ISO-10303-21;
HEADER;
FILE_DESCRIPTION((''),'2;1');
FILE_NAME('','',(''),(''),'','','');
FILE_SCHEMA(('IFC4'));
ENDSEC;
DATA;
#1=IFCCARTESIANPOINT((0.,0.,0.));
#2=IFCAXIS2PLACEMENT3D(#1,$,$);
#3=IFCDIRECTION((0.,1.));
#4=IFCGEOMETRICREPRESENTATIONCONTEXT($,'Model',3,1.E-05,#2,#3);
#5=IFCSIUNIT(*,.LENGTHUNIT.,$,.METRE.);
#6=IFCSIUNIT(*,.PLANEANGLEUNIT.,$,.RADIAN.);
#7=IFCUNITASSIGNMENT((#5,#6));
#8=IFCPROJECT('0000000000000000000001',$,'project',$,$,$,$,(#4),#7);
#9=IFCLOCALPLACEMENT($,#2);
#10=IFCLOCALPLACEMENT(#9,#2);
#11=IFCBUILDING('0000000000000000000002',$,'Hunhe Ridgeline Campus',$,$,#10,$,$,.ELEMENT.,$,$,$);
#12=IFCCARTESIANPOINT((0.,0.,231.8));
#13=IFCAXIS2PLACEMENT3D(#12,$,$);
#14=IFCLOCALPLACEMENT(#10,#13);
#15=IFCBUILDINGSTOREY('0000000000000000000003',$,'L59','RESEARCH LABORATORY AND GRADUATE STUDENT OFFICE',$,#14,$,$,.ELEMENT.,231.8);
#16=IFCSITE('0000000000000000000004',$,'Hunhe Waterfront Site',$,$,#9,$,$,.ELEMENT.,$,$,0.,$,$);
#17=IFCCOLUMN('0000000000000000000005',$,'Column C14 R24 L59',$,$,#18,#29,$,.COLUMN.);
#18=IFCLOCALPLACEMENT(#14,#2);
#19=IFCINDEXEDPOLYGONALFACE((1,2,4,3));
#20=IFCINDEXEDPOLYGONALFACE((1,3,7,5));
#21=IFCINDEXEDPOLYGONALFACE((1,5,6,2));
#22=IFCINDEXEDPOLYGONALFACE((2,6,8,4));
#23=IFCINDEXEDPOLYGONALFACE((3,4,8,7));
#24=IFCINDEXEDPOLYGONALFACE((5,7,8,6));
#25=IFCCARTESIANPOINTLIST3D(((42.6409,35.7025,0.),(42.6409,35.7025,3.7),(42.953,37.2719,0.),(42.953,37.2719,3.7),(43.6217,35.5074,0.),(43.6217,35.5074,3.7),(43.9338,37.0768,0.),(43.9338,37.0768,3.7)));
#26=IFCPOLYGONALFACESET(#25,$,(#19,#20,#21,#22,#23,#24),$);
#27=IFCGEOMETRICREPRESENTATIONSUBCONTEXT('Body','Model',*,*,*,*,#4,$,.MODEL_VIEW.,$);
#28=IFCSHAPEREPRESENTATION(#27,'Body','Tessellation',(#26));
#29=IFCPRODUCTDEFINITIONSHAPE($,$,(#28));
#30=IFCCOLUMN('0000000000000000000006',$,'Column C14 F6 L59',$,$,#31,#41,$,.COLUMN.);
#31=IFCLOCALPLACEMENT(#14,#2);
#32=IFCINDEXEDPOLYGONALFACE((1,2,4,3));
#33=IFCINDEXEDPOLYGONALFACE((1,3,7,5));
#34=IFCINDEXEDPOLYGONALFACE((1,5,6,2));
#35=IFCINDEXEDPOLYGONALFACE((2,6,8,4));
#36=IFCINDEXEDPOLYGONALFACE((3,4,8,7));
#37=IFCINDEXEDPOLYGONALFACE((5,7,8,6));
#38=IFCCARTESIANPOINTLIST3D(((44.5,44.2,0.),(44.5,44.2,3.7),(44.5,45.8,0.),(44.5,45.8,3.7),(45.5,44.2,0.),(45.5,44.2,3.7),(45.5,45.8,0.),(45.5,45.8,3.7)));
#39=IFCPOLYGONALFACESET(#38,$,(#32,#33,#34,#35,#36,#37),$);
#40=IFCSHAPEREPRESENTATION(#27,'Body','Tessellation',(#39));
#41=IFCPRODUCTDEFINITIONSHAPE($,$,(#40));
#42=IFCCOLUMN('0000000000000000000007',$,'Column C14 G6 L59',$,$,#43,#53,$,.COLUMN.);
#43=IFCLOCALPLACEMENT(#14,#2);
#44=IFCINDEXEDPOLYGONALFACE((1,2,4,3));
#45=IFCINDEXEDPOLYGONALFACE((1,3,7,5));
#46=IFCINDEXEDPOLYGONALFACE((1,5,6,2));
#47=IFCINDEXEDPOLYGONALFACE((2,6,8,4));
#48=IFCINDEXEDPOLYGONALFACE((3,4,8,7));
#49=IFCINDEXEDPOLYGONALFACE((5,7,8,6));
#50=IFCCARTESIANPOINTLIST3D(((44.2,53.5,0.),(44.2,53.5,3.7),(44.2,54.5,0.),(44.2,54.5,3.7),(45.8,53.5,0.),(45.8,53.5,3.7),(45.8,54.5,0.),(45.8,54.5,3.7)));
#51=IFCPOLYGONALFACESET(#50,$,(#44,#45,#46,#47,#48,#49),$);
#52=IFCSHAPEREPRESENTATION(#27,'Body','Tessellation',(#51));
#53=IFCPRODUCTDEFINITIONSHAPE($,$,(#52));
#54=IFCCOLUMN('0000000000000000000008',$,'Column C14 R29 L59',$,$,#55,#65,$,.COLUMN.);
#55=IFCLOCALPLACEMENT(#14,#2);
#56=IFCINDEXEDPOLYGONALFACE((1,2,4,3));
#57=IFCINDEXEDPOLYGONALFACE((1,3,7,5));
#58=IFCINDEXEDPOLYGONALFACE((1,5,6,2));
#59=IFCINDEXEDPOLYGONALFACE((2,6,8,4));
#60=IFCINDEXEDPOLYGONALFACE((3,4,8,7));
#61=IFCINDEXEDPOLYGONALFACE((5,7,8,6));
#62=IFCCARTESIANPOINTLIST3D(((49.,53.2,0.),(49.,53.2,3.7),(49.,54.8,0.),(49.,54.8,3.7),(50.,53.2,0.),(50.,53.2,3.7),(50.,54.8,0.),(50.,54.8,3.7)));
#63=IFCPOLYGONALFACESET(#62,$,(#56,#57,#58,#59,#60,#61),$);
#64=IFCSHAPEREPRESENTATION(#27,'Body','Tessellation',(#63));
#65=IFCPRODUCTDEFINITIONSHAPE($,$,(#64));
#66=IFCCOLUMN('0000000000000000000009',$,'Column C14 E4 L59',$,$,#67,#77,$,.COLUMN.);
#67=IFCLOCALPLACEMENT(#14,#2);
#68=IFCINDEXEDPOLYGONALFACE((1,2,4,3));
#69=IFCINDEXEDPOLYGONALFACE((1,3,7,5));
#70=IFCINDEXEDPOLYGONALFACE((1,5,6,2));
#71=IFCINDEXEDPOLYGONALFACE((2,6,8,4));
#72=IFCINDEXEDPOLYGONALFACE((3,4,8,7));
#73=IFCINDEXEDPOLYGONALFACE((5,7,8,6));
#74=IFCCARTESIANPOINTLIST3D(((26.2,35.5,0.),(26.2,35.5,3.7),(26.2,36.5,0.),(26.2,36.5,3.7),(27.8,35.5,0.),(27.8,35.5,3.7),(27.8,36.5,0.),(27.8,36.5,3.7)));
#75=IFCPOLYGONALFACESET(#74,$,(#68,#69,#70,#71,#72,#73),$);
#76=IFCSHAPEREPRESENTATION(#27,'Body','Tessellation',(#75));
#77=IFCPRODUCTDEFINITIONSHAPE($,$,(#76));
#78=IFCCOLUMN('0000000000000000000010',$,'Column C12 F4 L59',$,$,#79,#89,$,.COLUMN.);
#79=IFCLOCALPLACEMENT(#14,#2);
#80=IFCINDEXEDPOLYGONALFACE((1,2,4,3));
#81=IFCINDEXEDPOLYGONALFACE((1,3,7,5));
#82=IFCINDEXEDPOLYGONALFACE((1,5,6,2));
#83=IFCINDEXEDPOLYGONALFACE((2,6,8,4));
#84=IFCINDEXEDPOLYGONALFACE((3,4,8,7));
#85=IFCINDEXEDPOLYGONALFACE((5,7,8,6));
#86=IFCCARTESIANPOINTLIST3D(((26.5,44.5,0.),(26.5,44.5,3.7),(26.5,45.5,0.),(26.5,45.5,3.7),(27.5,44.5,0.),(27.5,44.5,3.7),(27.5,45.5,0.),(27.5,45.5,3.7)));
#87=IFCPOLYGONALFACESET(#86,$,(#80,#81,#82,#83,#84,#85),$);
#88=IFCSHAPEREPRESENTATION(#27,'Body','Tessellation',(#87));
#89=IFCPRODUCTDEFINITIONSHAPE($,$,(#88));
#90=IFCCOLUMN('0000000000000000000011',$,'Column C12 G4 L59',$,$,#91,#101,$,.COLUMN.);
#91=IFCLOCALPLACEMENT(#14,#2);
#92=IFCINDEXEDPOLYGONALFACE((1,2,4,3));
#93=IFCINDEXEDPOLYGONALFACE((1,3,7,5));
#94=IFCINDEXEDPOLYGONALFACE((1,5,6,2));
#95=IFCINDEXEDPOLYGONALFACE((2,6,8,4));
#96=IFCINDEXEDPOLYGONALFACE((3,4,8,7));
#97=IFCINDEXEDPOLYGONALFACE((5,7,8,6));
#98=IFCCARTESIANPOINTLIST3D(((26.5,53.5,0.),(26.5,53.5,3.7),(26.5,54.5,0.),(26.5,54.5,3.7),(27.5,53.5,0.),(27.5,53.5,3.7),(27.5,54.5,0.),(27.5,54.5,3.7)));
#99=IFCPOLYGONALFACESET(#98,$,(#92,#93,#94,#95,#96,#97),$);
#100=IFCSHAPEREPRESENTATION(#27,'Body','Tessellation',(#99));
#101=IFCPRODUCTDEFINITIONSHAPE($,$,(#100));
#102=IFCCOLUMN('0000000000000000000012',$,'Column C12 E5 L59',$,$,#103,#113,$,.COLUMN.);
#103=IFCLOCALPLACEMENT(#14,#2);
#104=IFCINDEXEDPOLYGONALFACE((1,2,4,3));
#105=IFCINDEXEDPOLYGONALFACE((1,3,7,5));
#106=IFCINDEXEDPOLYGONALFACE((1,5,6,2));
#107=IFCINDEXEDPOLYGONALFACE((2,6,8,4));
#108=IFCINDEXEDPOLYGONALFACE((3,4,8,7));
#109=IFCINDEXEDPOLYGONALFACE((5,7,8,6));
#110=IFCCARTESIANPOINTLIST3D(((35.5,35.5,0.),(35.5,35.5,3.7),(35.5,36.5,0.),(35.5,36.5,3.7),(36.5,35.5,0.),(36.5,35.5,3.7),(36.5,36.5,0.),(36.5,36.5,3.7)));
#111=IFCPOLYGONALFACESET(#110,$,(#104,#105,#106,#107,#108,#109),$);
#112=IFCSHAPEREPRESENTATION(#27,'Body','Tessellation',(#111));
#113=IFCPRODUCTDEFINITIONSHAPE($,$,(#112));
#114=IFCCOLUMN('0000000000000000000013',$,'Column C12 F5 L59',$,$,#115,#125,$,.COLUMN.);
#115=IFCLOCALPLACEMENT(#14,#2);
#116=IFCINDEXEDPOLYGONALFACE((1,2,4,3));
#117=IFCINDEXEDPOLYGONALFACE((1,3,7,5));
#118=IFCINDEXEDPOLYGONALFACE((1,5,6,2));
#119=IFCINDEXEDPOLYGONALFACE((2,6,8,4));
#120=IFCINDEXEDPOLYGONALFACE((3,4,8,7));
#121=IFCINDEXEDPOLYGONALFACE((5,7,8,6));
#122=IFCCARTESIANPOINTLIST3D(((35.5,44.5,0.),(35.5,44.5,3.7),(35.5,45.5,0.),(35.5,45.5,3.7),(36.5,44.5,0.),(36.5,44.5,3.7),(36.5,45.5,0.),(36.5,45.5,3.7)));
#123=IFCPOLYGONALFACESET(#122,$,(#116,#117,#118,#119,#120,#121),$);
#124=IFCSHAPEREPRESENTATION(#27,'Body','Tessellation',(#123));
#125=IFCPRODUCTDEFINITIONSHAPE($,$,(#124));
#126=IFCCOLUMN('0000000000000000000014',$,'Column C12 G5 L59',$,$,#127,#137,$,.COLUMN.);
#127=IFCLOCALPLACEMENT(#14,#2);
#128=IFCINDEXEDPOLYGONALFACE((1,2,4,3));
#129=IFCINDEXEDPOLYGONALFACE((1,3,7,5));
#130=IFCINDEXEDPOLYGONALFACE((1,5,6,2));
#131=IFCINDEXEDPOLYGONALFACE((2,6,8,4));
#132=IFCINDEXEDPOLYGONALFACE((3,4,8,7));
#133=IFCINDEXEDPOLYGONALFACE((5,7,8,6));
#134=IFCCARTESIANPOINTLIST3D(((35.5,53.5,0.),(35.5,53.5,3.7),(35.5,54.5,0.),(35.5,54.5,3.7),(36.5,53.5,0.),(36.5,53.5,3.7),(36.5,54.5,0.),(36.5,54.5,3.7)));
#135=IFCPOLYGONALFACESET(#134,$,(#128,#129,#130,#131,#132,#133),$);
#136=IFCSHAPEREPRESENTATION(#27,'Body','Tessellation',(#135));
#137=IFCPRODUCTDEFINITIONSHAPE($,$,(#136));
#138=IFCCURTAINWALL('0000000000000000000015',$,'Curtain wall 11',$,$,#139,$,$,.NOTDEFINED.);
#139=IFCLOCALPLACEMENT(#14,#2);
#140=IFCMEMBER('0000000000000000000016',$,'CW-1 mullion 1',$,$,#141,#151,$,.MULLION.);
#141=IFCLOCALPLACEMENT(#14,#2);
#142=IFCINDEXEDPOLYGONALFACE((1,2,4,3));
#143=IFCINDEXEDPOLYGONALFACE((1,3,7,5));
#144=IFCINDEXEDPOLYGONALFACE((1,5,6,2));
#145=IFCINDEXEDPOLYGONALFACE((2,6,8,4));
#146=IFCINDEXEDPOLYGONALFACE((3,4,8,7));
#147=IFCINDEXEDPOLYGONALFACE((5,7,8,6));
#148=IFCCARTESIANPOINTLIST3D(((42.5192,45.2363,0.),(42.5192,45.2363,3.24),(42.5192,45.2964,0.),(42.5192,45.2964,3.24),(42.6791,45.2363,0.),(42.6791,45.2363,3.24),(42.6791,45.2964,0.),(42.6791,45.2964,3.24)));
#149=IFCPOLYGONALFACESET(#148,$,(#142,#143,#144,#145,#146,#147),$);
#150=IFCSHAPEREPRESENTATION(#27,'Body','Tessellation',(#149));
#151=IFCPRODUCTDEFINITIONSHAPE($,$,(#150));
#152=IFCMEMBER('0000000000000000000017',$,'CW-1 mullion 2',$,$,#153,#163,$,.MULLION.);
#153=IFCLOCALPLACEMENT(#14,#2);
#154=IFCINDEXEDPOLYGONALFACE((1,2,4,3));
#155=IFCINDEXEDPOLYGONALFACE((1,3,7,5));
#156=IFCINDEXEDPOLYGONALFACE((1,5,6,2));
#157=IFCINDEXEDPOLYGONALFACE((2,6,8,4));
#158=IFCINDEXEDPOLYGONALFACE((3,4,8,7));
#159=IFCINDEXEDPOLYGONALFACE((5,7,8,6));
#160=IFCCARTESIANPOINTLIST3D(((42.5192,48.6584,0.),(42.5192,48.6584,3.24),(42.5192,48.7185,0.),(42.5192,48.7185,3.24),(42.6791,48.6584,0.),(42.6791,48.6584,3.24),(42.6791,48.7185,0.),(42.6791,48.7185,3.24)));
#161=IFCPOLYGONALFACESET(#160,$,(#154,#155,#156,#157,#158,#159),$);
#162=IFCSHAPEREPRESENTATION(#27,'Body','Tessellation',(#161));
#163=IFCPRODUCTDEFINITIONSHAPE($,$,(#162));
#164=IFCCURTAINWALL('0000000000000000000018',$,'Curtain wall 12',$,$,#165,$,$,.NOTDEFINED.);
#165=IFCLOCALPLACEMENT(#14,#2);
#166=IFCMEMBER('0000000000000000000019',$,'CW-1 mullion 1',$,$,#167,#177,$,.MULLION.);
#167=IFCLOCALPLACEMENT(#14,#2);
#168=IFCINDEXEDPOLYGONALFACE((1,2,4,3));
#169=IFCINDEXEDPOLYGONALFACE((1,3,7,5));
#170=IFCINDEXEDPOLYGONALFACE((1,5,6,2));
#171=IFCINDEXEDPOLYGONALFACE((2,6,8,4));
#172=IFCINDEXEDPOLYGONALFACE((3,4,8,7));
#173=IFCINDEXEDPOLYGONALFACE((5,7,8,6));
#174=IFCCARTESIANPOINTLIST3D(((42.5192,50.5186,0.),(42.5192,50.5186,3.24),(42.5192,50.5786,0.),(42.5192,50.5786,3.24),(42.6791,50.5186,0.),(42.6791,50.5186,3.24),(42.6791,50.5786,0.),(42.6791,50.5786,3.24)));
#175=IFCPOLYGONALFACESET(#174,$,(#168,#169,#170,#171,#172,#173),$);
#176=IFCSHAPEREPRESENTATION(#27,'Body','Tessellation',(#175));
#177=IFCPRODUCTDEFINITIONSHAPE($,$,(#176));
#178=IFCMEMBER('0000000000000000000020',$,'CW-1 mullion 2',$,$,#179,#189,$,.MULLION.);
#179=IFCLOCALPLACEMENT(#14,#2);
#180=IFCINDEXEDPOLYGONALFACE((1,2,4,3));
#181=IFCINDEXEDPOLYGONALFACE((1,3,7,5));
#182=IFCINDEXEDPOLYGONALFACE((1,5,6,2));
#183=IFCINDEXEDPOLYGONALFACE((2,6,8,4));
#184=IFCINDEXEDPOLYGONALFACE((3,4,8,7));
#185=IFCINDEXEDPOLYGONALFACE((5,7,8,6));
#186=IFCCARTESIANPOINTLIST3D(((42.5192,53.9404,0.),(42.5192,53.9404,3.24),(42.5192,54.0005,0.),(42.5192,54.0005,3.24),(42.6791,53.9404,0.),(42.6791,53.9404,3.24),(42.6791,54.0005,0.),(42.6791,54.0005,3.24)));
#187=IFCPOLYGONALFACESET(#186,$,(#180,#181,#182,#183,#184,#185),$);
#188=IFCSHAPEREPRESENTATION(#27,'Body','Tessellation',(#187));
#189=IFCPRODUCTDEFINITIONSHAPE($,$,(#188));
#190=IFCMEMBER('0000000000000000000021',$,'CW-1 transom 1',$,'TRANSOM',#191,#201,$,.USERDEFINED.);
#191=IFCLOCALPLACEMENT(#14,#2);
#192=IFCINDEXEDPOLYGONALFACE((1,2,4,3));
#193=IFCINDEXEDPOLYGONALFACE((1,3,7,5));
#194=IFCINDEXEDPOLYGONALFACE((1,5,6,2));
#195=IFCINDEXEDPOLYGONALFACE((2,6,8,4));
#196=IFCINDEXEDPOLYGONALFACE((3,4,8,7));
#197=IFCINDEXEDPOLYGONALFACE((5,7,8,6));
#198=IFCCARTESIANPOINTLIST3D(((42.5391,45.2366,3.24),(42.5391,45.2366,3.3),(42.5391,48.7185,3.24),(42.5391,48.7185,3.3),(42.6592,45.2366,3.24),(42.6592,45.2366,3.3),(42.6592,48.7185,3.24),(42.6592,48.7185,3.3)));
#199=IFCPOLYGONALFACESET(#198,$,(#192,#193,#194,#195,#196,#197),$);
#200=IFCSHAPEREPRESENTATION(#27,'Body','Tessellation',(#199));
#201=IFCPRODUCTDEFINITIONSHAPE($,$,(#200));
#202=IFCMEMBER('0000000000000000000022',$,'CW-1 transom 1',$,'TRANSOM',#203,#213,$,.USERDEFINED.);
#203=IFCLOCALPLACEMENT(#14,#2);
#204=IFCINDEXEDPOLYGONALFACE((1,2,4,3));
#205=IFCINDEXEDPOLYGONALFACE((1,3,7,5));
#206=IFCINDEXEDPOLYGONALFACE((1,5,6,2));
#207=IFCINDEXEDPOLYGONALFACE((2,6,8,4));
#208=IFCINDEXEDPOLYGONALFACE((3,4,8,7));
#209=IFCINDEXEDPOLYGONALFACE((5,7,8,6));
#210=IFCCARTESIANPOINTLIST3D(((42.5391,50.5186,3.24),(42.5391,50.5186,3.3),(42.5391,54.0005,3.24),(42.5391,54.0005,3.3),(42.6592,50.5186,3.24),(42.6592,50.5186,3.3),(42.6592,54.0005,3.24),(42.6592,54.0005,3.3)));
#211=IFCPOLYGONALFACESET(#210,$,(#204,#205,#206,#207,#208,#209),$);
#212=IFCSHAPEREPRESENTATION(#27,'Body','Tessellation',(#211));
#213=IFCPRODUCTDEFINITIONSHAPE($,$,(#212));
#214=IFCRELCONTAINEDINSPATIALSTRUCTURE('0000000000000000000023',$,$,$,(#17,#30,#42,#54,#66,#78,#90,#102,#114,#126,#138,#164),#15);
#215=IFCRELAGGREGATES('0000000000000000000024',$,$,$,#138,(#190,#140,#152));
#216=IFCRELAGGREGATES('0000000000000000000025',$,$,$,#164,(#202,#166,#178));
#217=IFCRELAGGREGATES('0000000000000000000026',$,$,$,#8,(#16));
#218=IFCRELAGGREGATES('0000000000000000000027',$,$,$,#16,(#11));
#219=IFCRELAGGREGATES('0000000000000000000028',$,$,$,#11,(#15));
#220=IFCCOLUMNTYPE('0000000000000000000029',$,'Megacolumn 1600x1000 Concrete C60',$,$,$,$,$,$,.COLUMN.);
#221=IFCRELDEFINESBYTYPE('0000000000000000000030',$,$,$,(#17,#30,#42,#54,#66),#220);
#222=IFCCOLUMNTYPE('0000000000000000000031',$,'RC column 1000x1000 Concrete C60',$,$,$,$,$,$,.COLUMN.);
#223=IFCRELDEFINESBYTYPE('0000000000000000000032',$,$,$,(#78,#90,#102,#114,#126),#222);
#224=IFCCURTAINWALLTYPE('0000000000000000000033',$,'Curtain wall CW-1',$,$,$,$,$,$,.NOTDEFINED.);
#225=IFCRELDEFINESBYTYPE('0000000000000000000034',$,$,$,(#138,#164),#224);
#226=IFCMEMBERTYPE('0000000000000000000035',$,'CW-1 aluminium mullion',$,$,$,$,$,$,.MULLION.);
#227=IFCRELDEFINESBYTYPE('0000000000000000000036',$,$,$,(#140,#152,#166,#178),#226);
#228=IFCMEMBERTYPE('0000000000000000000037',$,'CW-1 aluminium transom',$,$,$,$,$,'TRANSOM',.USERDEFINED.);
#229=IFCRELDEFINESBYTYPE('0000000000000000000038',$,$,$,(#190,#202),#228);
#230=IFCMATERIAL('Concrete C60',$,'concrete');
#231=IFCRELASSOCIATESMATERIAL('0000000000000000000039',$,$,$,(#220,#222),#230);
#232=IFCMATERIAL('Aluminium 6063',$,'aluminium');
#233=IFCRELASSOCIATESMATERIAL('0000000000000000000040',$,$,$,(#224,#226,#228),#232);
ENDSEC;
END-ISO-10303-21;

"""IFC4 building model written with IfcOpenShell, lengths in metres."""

from ifc_helpers import new_model, si_unit, direction, frame, origin, origin_2d, place, context, subcontext, project, spatial, rectangle, extrude, material, material_profile, profile_set, type_object, element, aggregate, save


model = new_model("IFC4")

# Units and contexts
model_context = context("Model", 3, precision=1e-05, world=origin(), true_north=direction((0.0, 1.0)))
body_context = subcontext(model_context, "Body", "Model", "MODEL_VIEW")
ifc_project = project(units=[si_unit("LENGTHUNIT", "METRE"), si_unit("PLANEANGLEUNIT", "RADIAN")], contexts=[model_context])

# Site, building, storey
site_placement = place(None, origin())
site = spatial("IfcSite", under=ifc_project, at=site_placement, Name="Hunhe Waterfront Site", CompositionType="ELEMENT", RefElevation=0.0)
building_placement = place(site_placement, origin())
building = spatial("IfcBuilding", under=site, at=building_placement, Name="Hunhe Ridgeline Campus", CompositionType="ELEMENT")
storey_placement = place(building_placement, frame((0.0, 0.0, 231.8)))
storey = spatial("IfcBuildingStorey", under=building, at=storey_placement, Name="L59", Description="RESEARCH LABORATORY AND GRADUATE STUDENT OFFICE", CompositionType="ELEMENT", Elevation=231.8)

# Columns
ifc_material_1 = material(Name="Concrete C60", Category="concrete")
ifc_material_profile_1 = material_profile(ifc_material_1, rectangle(XDim=1.6001, YDim=1.0, at=origin_2d()))
ifc_profile_set_1 = profile_set([ifc_material_profile_1], Name="Concrete C60")
column_type_1 = type_object("IfcColumnType", Name="Megacolumn 1600x1000 Concrete C60", PredefinedType="COLUMN", material=ifc_profile_set_1)
for number, where, z_axis, x_axis, name in (
    (1, (43.2874, 36.3896, 0.0), (0.0, 0.0, 1.0), (0.19509, 0.980785, 0.0), "Column C14 R24 L59"),
    (2, (45.0, 45.0, 0.0), (0.0, 0.0, 1.0), (0.0, 1.0, 0.0), "Column C14 F6 L59"),
    (3, (45.0, 54.0, 0.0), (0.0, 0.0, 1.0), (1.0, 0.0, 0.0), "Column C14 G6 L59"),
    (4, (49.5, 54.0, 0.0), (0.0, 0.0, 1.0), (0.0, 1.0, 0.0), "Column C14 R29 L59"),
    (5, (27.0, 36.0, 0.0), (0.0, 0.0, 1.0), (1.0, 0.0, 0.0), "Column C14 E4 L59"),
):
    element("IfcColumn", number, at=place(storey_placement, frame(where, z_axis=z_axis, x_axis=x_axis)), inside=storey, type_object=column_type_1, Name=name, PredefinedType="COLUMN", context=body_context, shape_type="SweptSolid", body=[
        extrude(rectangle(XDim=1.6001, YDim=1.0, at=origin_2d()), origin(), (0.0, 0.0, 1.0), 3.7),
    ])
ifc_material_profile_2 = material_profile(ifc_material_1, rectangle(XDim=1.0, YDim=1.0, at=origin_2d()))
ifc_profile_set_2 = profile_set([ifc_material_profile_2], Name="Concrete C60")
column_type_2 = type_object("IfcColumnType", Name="RC column 1000x1000 Concrete C60", PredefinedType="COLUMN", material=ifc_profile_set_2)
for number, where, z_axis, x_axis, name in (
    (6, (27.0, 45.0, 0.0), (0.0, 0.0, 1.0), (1.0, 0.0, 0.0), "Column C12 F4 L59"),
    (7, (27.0, 54.0, 0.0), (0.0, 0.0, 1.0), (1.0, 0.0, 0.0), "Column C12 G4 L59"),
    (8, (36.0, 36.0, 0.0), (0.0, 0.0, 1.0), (1.0, 0.0, 0.0), "Column C12 E5 L59"),
    (9, (36.0, 45.0, 0.0), (0.0, 0.0, 1.0), (1.0, 0.0, 0.0), "Column C12 F5 L59"),
    (10, (36.0, 54.0, 0.0), (0.0, 0.0, 1.0), (1.0, 0.0, 0.0), "Column C12 G5 L59"),
):
    element("IfcColumn", number, at=place(storey_placement, frame(where, z_axis=z_axis, x_axis=x_axis)), inside=storey, type_object=column_type_2, Name=name, PredefinedType="COLUMN", context=body_context, shape_type="SweptSolid", body=[
        extrude(rectangle(XDim=1.0, YDim=1.0, at=origin_2d()), origin(), (0.0, 0.0, 1.0), 3.7),
    ])

# Curtain walls, members
ifc_material_2 = material(Name="Aluminium 6063", Category="aluminium")
curtain_wall_type_1 = type_object("IfcCurtainWallType", Name="Curtain wall CW-1", PredefinedType="NOTDEFINED", material=ifc_material_2)
curtain_wall_1_placement = place(storey_placement, origin())
curtain_wall_1 = element("IfcCurtainWall", 11, at=curtain_wall_1_placement, inside=storey, type_object=curtain_wall_type_1, Name="Curtain wall 11", PredefinedType="NOTDEFINED")
ifc_material_profile_3 = material_profile(ifc_material_2, rectangle(XDim=0.1599, YDim=0.0601, at=origin_2d()))
ifc_profile_set_3 = profile_set([ifc_material_profile_3], Name="Aluminium 6063")
member_type_1 = type_object("IfcMemberType", Name="CW-1 aluminium mullion", PredefinedType="MULLION", material=ifc_profile_set_3)
member_1_placement = place(storey_placement, frame((42.5991, 45.2664, 0.0), z_axis=(0.0, 0.0, 1.0), x_axis=(-1.0, 0.000019, 0.0)))
member_1 = element("IfcMember", 12, at=member_1_placement, type_object=member_type_1, Name="CW-1 mullion 1", PredefinedType="MULLION", context=body_context, shape_type="SweptSolid", body=[
    extrude(rectangle(XDim=0.1599, YDim=0.0601, at=origin_2d()), origin(), (0.0, 0.0, 1.0), 3.24),
])
member_2_placement = place(storey_placement, frame((42.5991, 48.6885, 0.0), z_axis=(0.0, 0.0, 1.0), x_axis=(-1.0, 0.000019, 0.0)))
member_2 = element("IfcMember", 13, at=member_2_placement, type_object=member_type_1, Name="CW-1 mullion 2", PredefinedType="MULLION", context=body_context, shape_type="SweptSolid", body=[
    extrude(rectangle(XDim=0.1599, YDim=0.0601, at=origin_2d()), origin(), (0.0, 0.0, 1.0), 3.24),
])
curtain_wall_2_placement = place(storey_placement, origin())
curtain_wall_2 = element("IfcCurtainWall", 14, at=curtain_wall_2_placement, inside=storey, type_object=curtain_wall_type_1, Name="Curtain wall 12", PredefinedType="NOTDEFINED")
member_3_placement = place(storey_placement, frame((42.5991, 50.5486, 0.0), z_axis=(0.0, 0.0, 1.0), x_axis=(-1.0, 0.000019, 0.0)))
member_3 = element("IfcMember", 15, at=member_3_placement, type_object=member_type_1, Name="CW-1 mullion 1", PredefinedType="MULLION", context=body_context, shape_type="SweptSolid", body=[
    extrude(rectangle(XDim=0.1599, YDim=0.0601, at=origin_2d()), origin(), (0.0, 0.0, 1.0), 3.24),
])
member_4_placement = place(storey_placement, frame((42.5991, 53.9705, 0.0), z_axis=(0.0, 0.0, 1.0), x_axis=(-1.0, 0.000019, 0.0)))
member_4 = element("IfcMember", 16, at=member_4_placement, type_object=member_type_1, Name="CW-1 mullion 2", PredefinedType="MULLION", context=body_context, shape_type="SweptSolid", body=[
    extrude(rectangle(XDim=0.1599, YDim=0.0601, at=origin_2d()), origin(), (0.0, 0.0, 1.0), 3.24),
])

# Members
ifc_material_profile_4 = material_profile(ifc_material_2, rectangle(XDim=0.1201, YDim=0.0601, at=origin_2d()))
ifc_profile_set_4 = profile_set([ifc_material_profile_4], Name="Aluminium 6063")
member_type_2 = type_object("IfcMemberType", Name="CW-1 aluminium transom", ElementType="TRANSOM", PredefinedType="USERDEFINED", material=ifc_profile_set_4)
member_5_placement = place(storey_placement, frame((42.5991, 45.2366, 3.27), z_axis=(0.0, 1.0, 0.0), x_axis=(-1.0, 0.0, 0.0)))
member_5 = element("IfcMember", 17, at=member_5_placement, type_object=member_type_2, Name="CW-1 transom 1", ObjectType="TRANSOM", PredefinedType="USERDEFINED", context=body_context, shape_type="SweptSolid", body=[
    extrude(rectangle(XDim=0.1201, YDim=0.0601, at=origin_2d()), origin(), (0.0, 0.0, 1.0), 3.4819),
])
member_6_placement = place(storey_placement, frame((42.5991, 50.5186, 3.27), z_axis=(0.0, 1.0, 0.0), x_axis=(-1.0, 0.0, 0.0)))
member_6 = element("IfcMember", 18, at=member_6_placement, type_object=member_type_2, Name="CW-1 transom 1", ObjectType="TRANSOM", PredefinedType="USERDEFINED", context=body_context, shape_type="SweptSolid", body=[
    extrude(rectangle(XDim=0.1201, YDim=0.0601, at=origin_2d()), origin(), (0.0, 0.0, 1.0), 3.4819),
])

aggregate(curtain_wall_1, [member_5, member_1, member_2])
aggregate(curtain_wall_2, [member_6, member_3, member_4])

save(model, "model.ifc")
